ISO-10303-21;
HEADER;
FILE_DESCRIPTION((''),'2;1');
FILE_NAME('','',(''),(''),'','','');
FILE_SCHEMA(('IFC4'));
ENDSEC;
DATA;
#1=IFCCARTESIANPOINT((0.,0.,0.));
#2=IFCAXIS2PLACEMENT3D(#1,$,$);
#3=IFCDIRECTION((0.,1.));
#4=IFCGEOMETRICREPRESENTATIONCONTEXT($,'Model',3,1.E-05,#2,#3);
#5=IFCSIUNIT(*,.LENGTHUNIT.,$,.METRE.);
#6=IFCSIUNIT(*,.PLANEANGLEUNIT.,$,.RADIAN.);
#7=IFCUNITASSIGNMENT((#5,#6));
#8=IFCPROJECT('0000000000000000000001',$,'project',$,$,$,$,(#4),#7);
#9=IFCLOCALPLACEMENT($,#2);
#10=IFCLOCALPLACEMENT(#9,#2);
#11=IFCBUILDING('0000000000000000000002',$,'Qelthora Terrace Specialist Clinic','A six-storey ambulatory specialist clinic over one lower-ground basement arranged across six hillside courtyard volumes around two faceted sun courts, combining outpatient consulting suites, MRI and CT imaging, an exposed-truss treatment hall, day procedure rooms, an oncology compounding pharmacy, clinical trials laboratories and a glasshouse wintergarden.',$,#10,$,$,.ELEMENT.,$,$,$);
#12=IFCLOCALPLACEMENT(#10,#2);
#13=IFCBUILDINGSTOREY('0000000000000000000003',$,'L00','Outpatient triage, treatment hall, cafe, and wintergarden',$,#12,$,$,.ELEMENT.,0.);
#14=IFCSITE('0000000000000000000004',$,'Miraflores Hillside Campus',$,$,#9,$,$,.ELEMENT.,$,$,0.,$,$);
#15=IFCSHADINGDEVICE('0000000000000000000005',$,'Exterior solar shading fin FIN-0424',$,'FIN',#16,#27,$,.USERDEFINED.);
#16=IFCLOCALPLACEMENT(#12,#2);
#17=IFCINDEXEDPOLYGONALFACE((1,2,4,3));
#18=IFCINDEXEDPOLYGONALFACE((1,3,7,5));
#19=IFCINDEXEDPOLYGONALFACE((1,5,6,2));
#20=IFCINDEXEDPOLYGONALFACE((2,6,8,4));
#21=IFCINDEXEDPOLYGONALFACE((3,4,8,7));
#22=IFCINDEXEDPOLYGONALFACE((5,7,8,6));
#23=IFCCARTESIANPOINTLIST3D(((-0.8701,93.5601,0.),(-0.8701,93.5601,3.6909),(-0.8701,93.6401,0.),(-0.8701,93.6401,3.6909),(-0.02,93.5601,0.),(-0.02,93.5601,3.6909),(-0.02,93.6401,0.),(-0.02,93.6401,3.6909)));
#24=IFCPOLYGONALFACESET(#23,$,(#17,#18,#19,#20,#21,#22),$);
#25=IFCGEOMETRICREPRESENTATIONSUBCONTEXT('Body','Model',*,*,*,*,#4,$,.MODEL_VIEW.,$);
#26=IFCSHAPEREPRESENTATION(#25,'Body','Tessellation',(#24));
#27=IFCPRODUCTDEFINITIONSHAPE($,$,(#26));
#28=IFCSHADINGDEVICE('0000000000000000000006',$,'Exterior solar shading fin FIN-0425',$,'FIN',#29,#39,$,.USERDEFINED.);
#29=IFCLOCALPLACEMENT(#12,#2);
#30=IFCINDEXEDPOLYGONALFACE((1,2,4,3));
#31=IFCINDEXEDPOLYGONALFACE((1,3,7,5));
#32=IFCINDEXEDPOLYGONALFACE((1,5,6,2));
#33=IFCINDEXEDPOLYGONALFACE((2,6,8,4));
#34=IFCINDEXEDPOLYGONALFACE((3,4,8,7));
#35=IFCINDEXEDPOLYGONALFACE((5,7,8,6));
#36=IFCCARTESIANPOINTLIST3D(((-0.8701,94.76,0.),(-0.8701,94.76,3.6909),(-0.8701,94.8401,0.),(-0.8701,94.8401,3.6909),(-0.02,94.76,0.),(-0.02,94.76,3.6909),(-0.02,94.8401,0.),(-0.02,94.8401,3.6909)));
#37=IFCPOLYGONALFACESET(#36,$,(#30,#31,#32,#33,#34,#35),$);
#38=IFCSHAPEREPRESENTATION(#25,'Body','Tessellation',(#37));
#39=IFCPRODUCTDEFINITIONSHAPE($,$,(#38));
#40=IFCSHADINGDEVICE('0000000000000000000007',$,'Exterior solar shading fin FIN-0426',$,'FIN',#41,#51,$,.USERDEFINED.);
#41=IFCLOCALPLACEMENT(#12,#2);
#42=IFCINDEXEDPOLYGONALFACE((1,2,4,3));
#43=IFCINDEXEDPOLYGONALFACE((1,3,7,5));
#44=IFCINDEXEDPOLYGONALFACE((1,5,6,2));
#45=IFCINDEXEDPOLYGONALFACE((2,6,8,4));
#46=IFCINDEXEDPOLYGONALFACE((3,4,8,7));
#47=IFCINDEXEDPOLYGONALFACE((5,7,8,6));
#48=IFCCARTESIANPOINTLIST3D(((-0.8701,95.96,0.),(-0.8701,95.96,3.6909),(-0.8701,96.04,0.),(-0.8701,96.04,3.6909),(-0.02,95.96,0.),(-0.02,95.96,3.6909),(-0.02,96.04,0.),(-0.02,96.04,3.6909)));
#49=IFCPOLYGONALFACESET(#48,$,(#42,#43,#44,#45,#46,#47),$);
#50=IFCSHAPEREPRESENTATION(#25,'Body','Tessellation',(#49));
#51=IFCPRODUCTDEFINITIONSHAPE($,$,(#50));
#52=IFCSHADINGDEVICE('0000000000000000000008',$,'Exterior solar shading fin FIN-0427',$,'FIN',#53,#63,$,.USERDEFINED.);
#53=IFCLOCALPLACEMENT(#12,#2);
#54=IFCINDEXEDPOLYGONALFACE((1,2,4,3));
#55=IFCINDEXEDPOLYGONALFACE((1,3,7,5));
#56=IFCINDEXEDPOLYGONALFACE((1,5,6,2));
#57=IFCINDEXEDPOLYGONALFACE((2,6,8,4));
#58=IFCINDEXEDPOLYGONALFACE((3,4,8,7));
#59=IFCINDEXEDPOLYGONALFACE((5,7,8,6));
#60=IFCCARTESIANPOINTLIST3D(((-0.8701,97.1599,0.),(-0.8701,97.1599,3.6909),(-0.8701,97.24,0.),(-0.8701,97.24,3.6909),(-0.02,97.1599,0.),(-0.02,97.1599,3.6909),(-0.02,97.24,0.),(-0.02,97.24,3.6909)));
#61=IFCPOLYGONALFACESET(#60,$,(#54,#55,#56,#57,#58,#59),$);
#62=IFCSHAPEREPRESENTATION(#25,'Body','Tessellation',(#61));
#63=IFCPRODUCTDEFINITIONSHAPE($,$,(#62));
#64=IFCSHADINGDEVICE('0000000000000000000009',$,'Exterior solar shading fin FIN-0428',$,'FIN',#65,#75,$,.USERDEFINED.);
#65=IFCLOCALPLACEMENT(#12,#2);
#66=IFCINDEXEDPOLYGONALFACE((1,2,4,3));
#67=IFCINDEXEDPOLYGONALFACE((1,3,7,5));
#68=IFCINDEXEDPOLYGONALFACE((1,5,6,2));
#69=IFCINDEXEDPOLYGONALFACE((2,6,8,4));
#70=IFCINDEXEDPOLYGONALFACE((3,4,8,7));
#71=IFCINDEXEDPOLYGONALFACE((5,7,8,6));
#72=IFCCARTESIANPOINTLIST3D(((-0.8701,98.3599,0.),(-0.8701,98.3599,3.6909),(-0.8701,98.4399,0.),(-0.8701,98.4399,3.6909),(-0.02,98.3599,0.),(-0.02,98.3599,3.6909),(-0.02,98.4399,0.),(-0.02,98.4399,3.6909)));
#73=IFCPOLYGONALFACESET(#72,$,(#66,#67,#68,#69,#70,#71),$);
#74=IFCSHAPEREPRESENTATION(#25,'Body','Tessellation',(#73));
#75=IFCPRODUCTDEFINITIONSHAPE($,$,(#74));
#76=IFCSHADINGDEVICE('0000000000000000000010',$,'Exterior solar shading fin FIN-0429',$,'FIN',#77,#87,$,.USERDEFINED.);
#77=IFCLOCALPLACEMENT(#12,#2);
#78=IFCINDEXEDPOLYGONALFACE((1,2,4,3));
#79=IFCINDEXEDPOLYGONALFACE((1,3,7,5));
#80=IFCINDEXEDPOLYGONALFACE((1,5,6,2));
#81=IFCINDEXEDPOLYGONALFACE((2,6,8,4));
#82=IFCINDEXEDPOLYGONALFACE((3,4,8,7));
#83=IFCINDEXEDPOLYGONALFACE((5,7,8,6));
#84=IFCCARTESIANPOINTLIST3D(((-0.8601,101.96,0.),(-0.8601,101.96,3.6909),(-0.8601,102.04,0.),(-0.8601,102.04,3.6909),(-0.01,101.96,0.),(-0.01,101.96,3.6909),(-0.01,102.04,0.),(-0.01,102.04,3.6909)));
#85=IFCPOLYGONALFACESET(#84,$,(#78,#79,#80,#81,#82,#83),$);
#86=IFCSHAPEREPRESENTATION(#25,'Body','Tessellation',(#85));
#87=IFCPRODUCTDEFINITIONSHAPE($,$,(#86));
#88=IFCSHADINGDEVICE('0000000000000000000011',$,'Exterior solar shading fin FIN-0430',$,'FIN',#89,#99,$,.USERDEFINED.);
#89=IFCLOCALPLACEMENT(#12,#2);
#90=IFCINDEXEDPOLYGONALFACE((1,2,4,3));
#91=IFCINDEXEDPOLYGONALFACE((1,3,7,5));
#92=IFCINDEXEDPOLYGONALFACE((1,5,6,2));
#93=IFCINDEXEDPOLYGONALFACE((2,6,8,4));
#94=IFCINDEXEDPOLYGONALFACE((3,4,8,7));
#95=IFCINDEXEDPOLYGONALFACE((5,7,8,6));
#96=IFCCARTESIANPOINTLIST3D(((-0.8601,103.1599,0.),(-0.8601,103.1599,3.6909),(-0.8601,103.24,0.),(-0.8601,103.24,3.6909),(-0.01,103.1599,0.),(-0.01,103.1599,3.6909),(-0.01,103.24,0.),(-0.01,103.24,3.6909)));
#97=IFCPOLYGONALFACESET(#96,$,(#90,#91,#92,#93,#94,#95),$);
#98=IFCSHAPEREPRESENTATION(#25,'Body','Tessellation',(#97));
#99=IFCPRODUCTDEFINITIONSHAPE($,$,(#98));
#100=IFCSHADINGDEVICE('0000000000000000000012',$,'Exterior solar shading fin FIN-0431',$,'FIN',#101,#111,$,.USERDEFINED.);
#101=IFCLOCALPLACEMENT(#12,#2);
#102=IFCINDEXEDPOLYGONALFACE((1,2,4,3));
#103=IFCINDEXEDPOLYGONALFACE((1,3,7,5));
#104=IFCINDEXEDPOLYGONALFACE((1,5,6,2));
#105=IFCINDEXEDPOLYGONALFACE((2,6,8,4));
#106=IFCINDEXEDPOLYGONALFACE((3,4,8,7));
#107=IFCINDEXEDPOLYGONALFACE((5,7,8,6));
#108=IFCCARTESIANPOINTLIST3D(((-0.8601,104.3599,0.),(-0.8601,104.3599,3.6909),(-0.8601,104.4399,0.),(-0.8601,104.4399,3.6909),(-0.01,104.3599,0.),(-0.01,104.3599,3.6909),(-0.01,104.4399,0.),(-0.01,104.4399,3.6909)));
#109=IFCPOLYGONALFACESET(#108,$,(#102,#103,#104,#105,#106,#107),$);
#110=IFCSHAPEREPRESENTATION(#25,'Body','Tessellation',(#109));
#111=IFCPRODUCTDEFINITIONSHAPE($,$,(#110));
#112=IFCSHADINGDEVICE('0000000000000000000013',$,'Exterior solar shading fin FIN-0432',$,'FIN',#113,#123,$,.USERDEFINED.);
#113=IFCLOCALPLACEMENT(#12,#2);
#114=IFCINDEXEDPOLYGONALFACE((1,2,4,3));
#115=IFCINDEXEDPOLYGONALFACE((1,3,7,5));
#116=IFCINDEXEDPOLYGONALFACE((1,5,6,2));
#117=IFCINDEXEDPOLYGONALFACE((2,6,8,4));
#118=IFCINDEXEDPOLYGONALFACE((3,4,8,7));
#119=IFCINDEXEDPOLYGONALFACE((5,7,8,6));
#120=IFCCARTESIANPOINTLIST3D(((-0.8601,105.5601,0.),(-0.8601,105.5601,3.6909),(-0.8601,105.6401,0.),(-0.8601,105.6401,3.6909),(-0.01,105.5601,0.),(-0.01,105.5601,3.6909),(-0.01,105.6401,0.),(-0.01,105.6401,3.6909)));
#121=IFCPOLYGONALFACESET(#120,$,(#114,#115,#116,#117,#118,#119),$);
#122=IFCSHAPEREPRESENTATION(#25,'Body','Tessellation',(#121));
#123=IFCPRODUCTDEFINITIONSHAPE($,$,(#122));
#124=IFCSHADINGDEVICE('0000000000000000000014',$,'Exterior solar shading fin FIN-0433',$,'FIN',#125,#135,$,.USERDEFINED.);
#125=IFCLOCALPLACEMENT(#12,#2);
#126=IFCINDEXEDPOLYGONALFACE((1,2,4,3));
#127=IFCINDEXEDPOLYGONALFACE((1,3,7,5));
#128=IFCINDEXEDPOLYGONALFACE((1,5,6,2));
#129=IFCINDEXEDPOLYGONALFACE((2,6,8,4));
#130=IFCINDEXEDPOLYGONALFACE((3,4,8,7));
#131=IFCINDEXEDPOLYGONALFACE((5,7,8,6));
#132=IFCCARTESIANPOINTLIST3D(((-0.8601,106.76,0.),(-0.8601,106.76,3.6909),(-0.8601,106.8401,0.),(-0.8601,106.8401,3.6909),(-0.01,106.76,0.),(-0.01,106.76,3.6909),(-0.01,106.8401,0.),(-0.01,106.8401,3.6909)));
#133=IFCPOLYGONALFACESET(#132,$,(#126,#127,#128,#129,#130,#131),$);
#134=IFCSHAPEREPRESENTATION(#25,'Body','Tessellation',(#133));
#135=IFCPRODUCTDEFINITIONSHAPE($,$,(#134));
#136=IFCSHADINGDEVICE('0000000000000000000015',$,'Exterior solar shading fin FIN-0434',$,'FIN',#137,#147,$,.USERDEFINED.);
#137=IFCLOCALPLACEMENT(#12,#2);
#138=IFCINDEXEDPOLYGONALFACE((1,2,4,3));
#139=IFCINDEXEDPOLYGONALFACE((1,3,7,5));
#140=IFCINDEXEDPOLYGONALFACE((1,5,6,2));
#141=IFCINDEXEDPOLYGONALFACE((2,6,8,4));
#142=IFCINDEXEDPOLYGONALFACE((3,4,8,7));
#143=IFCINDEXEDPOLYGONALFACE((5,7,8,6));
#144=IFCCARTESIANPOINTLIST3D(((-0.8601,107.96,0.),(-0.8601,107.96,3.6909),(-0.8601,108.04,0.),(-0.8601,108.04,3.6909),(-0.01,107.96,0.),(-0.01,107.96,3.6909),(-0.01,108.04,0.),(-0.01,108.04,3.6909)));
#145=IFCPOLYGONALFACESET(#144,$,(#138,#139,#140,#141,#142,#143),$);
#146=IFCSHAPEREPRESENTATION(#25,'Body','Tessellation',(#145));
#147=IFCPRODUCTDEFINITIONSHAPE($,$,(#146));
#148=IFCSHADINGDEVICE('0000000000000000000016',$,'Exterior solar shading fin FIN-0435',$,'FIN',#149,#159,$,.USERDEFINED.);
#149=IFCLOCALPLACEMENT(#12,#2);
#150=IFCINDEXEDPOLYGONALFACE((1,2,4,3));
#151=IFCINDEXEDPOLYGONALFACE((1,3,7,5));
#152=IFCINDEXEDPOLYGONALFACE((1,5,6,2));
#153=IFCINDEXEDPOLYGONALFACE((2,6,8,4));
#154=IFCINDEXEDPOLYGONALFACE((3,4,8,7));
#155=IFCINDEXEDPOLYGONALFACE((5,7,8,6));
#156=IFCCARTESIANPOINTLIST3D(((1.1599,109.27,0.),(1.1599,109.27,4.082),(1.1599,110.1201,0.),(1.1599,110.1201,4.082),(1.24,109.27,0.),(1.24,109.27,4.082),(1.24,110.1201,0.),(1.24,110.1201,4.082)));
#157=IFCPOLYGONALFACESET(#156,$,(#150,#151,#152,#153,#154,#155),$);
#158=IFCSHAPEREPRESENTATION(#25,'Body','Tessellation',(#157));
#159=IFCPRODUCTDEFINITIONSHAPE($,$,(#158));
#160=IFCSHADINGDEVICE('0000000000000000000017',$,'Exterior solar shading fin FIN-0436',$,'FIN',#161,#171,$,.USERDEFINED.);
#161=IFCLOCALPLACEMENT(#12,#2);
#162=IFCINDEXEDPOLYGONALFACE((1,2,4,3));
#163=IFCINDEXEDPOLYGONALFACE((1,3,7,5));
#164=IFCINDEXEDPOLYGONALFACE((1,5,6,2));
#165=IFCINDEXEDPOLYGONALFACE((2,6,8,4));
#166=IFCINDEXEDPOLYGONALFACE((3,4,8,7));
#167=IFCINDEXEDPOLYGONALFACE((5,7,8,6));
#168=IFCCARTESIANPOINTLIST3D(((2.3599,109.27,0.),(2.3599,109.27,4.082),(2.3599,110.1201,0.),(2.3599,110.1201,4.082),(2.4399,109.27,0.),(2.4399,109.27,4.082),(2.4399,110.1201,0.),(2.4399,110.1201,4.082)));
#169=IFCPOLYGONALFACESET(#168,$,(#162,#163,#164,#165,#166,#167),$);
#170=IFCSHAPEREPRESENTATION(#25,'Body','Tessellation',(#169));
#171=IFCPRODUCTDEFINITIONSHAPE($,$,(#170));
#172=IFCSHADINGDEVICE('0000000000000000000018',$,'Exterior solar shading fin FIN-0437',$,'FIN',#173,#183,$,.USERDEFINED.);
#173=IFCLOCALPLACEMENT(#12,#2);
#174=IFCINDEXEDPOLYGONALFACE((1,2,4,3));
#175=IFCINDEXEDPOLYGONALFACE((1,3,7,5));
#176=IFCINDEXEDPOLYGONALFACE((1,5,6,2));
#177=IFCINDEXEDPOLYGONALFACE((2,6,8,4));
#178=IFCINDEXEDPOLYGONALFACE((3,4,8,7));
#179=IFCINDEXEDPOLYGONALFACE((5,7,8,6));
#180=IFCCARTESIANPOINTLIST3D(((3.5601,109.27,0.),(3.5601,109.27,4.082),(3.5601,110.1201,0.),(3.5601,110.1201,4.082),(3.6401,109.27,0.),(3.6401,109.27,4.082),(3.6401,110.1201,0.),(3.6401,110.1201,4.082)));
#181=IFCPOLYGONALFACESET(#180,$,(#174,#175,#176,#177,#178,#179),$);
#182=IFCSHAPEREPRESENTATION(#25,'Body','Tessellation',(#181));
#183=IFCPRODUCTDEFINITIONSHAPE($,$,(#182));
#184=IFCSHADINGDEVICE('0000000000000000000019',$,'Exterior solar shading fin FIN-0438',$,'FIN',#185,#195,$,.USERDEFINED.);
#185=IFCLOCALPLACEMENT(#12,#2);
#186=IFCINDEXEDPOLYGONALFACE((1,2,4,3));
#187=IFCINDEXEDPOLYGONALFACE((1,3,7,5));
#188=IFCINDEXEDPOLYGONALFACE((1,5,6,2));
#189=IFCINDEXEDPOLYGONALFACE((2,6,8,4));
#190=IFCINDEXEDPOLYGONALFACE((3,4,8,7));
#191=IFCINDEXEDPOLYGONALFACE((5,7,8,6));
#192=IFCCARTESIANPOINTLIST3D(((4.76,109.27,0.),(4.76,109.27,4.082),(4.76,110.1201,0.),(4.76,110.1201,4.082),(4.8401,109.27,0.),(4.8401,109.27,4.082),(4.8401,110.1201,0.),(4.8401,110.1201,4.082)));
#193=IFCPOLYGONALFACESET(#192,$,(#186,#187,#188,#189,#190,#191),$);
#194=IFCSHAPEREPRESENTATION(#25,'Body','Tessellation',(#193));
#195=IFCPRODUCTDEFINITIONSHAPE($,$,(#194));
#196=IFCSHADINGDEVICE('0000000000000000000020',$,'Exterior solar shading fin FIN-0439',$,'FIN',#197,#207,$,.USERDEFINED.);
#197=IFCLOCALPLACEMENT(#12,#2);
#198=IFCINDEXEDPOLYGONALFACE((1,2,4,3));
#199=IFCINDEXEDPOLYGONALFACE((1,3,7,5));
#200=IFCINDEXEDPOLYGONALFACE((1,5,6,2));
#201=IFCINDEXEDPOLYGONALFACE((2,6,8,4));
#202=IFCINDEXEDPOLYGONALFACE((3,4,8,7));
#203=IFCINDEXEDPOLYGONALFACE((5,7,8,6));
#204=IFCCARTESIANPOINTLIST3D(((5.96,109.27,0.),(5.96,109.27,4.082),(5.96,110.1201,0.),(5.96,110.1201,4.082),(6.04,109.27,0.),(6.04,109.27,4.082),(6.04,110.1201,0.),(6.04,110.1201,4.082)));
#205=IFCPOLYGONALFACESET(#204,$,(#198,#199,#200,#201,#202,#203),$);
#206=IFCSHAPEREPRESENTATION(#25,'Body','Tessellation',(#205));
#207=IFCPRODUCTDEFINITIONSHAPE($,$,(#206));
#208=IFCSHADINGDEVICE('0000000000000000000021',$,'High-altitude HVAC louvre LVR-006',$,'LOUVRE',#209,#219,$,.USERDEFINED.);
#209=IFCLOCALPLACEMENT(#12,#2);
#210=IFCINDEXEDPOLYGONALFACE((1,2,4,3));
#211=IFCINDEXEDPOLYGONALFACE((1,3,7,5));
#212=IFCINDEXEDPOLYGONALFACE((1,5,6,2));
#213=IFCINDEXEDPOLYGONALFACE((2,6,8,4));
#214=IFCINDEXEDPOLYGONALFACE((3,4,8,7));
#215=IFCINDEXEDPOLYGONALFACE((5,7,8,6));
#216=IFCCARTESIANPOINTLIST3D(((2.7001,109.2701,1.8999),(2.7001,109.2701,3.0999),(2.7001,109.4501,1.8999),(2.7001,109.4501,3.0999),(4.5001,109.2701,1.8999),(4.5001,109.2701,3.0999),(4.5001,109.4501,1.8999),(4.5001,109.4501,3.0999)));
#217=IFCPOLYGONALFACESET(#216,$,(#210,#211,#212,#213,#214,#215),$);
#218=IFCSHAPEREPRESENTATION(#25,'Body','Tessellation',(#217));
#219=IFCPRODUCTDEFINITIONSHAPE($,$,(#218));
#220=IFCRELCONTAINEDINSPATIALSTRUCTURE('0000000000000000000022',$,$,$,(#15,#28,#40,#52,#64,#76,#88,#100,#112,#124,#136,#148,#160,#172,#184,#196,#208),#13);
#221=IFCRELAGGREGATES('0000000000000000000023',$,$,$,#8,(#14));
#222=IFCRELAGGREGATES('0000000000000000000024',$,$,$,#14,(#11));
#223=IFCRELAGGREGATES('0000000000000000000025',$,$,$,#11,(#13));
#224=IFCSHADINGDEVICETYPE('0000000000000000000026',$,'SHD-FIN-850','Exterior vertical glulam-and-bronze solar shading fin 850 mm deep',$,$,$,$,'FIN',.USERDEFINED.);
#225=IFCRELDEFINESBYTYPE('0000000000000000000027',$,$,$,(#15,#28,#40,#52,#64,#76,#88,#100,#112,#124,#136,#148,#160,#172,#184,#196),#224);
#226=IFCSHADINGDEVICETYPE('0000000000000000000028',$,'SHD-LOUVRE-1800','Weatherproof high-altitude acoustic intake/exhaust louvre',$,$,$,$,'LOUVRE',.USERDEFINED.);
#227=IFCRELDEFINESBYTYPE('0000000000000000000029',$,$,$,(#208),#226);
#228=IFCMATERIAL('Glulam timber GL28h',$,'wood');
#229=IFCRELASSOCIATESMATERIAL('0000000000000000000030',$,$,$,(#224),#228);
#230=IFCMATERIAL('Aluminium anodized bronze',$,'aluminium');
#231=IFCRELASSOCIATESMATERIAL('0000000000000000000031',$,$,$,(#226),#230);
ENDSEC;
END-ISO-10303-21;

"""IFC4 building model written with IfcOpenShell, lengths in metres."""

from ifc_helpers import new_model, si_unit, direction, frame, origin, origin_2d, place, context, subcontext, project, spatial, rectangle, extrude, material, type_object, element, save


model = new_model("IFC4")

# Units and contexts
model_context = context("Model", 3, precision=1e-05, world=origin(), true_north=direction((0.0, 1.0)))
body_context = subcontext(model_context, "Body", "Model", "MODEL_VIEW")
ifc_project = project(units=[si_unit("LENGTHUNIT", "METRE"), si_unit("PLANEANGLEUNIT", "RADIAN")], contexts=[model_context])

# Site, building, storey
site_placement = place(None, origin())
site = spatial("IfcSite", under=ifc_project, at=site_placement, Name="Miraflores Hillside Campus", CompositionType="ELEMENT", RefElevation=0.0)
building_placement = place(site_placement, origin())
building = spatial("IfcBuilding", under=site, at=building_placement, Name="Qelthora Terrace Specialist Clinic", Description="A six-storey ambulatory specialist clinic over one lower-ground basement arranged across six hillside courtyard volumes around two faceted sun courts, combining outpatient consulting suites, MRI and CT imaging, an exposed-truss treatment hall, day procedure rooms, an oncology compounding pharmacy, clinical trials laboratories and a glasshouse wintergarden.", CompositionType="ELEMENT")
storey_placement = place(building_placement, origin())
storey = spatial("IfcBuildingStorey", under=building, at=storey_placement, Name="L00", Description="Outpatient triage, treatment hall, cafe, and wintergarden", CompositionType="ELEMENT", Elevation=0.0)

# Shading devices
ifc_material_1 = material(Name="Glulam timber GL28h", Category="wood")
shading_device_type_1 = type_object("IfcShadingDeviceType", Name="SHD-FIN-850", Description="Exterior vertical glulam-and-bronze solar shading fin 850 mm deep", ElementType="FIN", PredefinedType="USERDEFINED", material=ifc_material_1)
for number, where, z_axis, x_axis, name in (
    (1, (-0.4451, 93.6001, 0.0), (0.0, 0.0, 1.0), (-1.0, 0.0, 0.0), "Exterior solar shading fin FIN-0424"),
    (2, (-0.4451, 94.8, 0.0), (0.0, 0.0, 1.0), (-1.0, 0.0, 0.0), "Exterior solar shading fin FIN-0425"),
    (3, (-0.4451, 96.0, 0.0), (0.0, 0.0, 1.0), (-1.0, 0.0, 0.0), "Exterior solar shading fin FIN-0426"),
    (4, (-0.4451, 97.2, 0.0), (0.0, 0.0, 1.0), (-1.0, 0.0, 0.0), "Exterior solar shading fin FIN-0427"),
    (5, (-0.4451, 98.3999, 0.0), (0.0, 0.0, 1.0), (-1.0, 0.0, 0.0), "Exterior solar shading fin FIN-0428"),
    (6, (-0.4351, 102.0, 0.0), (0.0, 0.0, 1.0), (-1.0, 0.0, 0.0), "Exterior solar shading fin FIN-0429"),
    (7, (-0.4351, 103.2, 0.0), (0.0, 0.0, 1.0), (-1.0, 0.0, 0.0), "Exterior solar shading fin FIN-0430"),
    (8, (-0.4351, 104.3999, 0.0), (0.0, 0.0, 1.0), (-1.0, 0.0, 0.0), "Exterior solar shading fin FIN-0431"),
    (9, (-0.4351, 105.6001, 0.0), (0.0, 0.0, 1.0), (-1.0, 0.0, 0.0), "Exterior solar shading fin FIN-0432"),
    (10, (-0.4351, 106.8, 0.0), (0.0, 0.0, 1.0), (-1.0, 0.0, 0.0), "Exterior solar shading fin FIN-0433"),
    (11, (-0.4351, 108.0, 0.0), (0.0, 0.0, 1.0), (-1.0, 0.0, 0.0), "Exterior solar shading fin FIN-0434"),
):
    element("IfcShadingDevice", number, at=place(storey_placement, frame(where, z_axis=z_axis, x_axis=x_axis)), inside=storey, type_object=shading_device_type_1, Name=name, ObjectType="FIN", PredefinedType="USERDEFINED", context=body_context, shape_type="SweptSolid", body=[
        extrude(rectangle(XDim=0.8501, YDim=0.0801, at=origin_2d()), origin(), (0.0, 0.0, 1.0), 3.6909),
    ])
for number, where, z_axis, x_axis, name in (
    (12, (1.2, 109.6951, 0.0), (0.0, 0.0, 1.0), (0.0, 1.0, 0.0), "Exterior solar shading fin FIN-0435"),
    (13, (2.3999, 109.6951, 0.0), (0.0, 0.0, 1.0), (0.0, 1.0, 0.0), "Exterior solar shading fin FIN-0436"),
    (14, (3.6001, 109.6951, 0.0), (0.0, 0.0, 1.0), (0.0, 1.0, 0.0), "Exterior solar shading fin FIN-0437"),
    (15, (4.8, 109.6951, 0.0), (0.0, 0.0, 1.0), (0.0, 1.0, 0.0), "Exterior solar shading fin FIN-0438"),
    (16, (6.0, 109.6951, 0.0), (0.0, 0.0, 1.0), (0.0, 1.0, 0.0), "Exterior solar shading fin FIN-0439"),
):
    element("IfcShadingDevice", number, at=place(storey_placement, frame(where, z_axis=z_axis, x_axis=x_axis)), inside=storey, type_object=shading_device_type_1, Name=name, ObjectType="FIN", PredefinedType="USERDEFINED", context=body_context, shape_type="SweptSolid", body=[
        extrude(rectangle(XDim=0.8501, YDim=0.0801, at=origin_2d()), origin(), (0.0, 0.0, 1.0), 4.082),
    ])
ifc_material_2 = material(Name="Aluminium anodized bronze", Category="aluminium")
shading_device_type_2 = type_object("IfcShadingDeviceType", Name="SHD-LOUVRE-1800", Description="Weatherproof high-altitude acoustic intake/exhaust louvre", ElementType="LOUVRE", PredefinedType="USERDEFINED", material=ifc_material_2)
shading_device_placement = place(storey_placement, frame((3.6001, 109.3601, 1.8999), z_axis=(0.0, 0.0, 1.0), x_axis=(1.0, 0.0, 0.0)))
element("IfcShadingDevice", 17, at=shading_device_placement, inside=storey, type_object=shading_device_type_2, Name="High-altitude HVAC louvre LVR-006", ObjectType="LOUVRE", PredefinedType="USERDEFINED", context=body_context, shape_type="SweptSolid", body=[
    extrude(rectangle(XDim=1.8, YDim=0.1799, at=origin_2d()), origin(), (0.0, 0.0, 1.0), 1.2),
])

save(model, "model.ifc")
